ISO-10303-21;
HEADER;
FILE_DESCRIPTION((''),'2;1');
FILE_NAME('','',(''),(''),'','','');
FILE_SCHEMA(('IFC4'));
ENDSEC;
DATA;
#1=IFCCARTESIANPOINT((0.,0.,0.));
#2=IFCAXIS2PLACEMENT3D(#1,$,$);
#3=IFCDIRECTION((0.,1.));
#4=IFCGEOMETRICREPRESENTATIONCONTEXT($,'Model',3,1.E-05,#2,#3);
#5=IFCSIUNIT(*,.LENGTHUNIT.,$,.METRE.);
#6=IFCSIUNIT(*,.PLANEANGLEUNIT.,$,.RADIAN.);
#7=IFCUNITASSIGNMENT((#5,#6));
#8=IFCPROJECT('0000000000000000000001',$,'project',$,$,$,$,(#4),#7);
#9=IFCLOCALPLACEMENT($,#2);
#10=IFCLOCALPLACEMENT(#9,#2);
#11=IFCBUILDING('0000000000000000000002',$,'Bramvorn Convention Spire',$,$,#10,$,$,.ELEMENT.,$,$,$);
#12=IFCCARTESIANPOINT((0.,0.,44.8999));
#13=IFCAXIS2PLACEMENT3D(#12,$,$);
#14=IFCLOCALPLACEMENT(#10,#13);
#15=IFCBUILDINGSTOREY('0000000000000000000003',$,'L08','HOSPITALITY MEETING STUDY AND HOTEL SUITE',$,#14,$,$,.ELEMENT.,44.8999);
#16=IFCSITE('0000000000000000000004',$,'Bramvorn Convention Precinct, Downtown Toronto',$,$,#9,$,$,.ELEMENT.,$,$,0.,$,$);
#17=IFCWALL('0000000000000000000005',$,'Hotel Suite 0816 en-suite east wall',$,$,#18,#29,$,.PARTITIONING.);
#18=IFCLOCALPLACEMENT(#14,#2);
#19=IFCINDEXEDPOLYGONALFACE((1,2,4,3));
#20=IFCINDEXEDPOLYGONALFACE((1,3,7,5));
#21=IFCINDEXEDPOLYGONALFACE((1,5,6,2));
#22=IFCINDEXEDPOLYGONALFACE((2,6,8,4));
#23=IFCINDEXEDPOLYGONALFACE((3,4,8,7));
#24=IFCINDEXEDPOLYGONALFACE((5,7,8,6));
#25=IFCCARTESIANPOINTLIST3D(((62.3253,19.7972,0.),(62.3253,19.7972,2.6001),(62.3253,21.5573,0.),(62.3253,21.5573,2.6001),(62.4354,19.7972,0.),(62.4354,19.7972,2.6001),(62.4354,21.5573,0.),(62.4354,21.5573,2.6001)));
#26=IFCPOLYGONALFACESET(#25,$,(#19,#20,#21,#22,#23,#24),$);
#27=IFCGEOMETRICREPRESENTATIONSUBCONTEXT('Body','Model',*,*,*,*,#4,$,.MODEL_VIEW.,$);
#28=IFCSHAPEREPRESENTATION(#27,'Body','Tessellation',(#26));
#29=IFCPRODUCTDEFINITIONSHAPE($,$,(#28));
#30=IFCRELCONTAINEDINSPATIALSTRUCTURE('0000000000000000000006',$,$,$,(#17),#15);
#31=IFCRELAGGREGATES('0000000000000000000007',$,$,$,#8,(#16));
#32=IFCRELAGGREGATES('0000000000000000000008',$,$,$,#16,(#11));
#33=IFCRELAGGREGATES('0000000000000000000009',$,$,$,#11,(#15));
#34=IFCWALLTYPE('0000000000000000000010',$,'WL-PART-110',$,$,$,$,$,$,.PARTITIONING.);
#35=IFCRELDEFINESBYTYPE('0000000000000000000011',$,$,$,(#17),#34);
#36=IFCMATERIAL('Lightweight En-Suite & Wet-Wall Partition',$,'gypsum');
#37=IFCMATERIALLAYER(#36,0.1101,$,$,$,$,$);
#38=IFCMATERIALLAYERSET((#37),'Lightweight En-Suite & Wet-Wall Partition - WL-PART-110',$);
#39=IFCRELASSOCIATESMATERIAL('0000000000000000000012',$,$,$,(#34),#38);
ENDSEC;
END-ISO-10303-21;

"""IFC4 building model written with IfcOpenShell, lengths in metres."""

from ifc_helpers import new_model, si_unit, direction, frame, frame_2d, origin, place, context, subcontext, project, spatial, rectangle, extrude, material, layer, layer_set, type_object, element, save


model = new_model("IFC4")

# Units and contexts
model_context = context("Model", 3, precision=1e-05, world=origin(), true_north=direction((0.0, 1.0)))
body_context = subcontext(model_context, "Body", "Model", "MODEL_VIEW")
ifc_project = project(units=[si_unit("LENGTHUNIT", "METRE"), si_unit("PLANEANGLEUNIT", "RADIAN")], contexts=[model_context])

# Site, building, storey
site_placement = place(None, origin())
site = spatial("IfcSite", under=ifc_project, at=site_placement, Name="Bramvorn Convention Precinct, Downtown Toronto", CompositionType="ELEMENT", RefElevation=0.0)
building_placement = place(site_placement, origin())
building = spatial("IfcBuilding", under=site, at=building_placement, Name="Bramvorn Convention Spire", CompositionType="ELEMENT")
storey_placement = place(building_placement, frame((0.0, 0.0, 44.8999)))
storey = spatial("IfcBuildingStorey", under=building, at=storey_placement, Name="L08", Description="HOSPITALITY MEETING STUDY AND HOTEL SUITE", CompositionType="ELEMENT", Elevation=44.8999)

# Shared definitions
ifc_material_1 = material(Name="Lightweight En-Suite & Wet-Wall Partition", Category="gypsum")
ifc_layer_1 = layer(ifc_material_1, 0.1101)
ifc_layer_set_1 = layer_set([ifc_layer_1], Name="Lightweight En-Suite & Wet-Wall Partition - WL-PART-110")
wall_type_1 = type_object("IfcWallType", Name="WL-PART-110", PredefinedType="PARTITIONING", material=ifc_layer_set_1)

# Wall
for number, where, z_axis, x_axis, name in (
    (1, (62.3804, 19.7974, 0.0), (0.0, 0.0, 1.0), (0.0, 1.0, 0.0), "Hotel Suite 0816 en-suite east wall"),
):
    element("IfcWall", number, at=place(storey_placement, frame(where, z_axis=z_axis, x_axis=x_axis)), inside=storey, type_object=wall_type_1, Name=name, PredefinedType="PARTITIONING", context=body_context, shape_type="SweptSolid", body=[
        extrude(rectangle(XDim=1.76, YDim=0.1101, at=frame_2d((0.8799, 0.0))), origin(), (0.0, 0.0, 1.0), 2.6001),
    ])

save(model, "model.ifc")
